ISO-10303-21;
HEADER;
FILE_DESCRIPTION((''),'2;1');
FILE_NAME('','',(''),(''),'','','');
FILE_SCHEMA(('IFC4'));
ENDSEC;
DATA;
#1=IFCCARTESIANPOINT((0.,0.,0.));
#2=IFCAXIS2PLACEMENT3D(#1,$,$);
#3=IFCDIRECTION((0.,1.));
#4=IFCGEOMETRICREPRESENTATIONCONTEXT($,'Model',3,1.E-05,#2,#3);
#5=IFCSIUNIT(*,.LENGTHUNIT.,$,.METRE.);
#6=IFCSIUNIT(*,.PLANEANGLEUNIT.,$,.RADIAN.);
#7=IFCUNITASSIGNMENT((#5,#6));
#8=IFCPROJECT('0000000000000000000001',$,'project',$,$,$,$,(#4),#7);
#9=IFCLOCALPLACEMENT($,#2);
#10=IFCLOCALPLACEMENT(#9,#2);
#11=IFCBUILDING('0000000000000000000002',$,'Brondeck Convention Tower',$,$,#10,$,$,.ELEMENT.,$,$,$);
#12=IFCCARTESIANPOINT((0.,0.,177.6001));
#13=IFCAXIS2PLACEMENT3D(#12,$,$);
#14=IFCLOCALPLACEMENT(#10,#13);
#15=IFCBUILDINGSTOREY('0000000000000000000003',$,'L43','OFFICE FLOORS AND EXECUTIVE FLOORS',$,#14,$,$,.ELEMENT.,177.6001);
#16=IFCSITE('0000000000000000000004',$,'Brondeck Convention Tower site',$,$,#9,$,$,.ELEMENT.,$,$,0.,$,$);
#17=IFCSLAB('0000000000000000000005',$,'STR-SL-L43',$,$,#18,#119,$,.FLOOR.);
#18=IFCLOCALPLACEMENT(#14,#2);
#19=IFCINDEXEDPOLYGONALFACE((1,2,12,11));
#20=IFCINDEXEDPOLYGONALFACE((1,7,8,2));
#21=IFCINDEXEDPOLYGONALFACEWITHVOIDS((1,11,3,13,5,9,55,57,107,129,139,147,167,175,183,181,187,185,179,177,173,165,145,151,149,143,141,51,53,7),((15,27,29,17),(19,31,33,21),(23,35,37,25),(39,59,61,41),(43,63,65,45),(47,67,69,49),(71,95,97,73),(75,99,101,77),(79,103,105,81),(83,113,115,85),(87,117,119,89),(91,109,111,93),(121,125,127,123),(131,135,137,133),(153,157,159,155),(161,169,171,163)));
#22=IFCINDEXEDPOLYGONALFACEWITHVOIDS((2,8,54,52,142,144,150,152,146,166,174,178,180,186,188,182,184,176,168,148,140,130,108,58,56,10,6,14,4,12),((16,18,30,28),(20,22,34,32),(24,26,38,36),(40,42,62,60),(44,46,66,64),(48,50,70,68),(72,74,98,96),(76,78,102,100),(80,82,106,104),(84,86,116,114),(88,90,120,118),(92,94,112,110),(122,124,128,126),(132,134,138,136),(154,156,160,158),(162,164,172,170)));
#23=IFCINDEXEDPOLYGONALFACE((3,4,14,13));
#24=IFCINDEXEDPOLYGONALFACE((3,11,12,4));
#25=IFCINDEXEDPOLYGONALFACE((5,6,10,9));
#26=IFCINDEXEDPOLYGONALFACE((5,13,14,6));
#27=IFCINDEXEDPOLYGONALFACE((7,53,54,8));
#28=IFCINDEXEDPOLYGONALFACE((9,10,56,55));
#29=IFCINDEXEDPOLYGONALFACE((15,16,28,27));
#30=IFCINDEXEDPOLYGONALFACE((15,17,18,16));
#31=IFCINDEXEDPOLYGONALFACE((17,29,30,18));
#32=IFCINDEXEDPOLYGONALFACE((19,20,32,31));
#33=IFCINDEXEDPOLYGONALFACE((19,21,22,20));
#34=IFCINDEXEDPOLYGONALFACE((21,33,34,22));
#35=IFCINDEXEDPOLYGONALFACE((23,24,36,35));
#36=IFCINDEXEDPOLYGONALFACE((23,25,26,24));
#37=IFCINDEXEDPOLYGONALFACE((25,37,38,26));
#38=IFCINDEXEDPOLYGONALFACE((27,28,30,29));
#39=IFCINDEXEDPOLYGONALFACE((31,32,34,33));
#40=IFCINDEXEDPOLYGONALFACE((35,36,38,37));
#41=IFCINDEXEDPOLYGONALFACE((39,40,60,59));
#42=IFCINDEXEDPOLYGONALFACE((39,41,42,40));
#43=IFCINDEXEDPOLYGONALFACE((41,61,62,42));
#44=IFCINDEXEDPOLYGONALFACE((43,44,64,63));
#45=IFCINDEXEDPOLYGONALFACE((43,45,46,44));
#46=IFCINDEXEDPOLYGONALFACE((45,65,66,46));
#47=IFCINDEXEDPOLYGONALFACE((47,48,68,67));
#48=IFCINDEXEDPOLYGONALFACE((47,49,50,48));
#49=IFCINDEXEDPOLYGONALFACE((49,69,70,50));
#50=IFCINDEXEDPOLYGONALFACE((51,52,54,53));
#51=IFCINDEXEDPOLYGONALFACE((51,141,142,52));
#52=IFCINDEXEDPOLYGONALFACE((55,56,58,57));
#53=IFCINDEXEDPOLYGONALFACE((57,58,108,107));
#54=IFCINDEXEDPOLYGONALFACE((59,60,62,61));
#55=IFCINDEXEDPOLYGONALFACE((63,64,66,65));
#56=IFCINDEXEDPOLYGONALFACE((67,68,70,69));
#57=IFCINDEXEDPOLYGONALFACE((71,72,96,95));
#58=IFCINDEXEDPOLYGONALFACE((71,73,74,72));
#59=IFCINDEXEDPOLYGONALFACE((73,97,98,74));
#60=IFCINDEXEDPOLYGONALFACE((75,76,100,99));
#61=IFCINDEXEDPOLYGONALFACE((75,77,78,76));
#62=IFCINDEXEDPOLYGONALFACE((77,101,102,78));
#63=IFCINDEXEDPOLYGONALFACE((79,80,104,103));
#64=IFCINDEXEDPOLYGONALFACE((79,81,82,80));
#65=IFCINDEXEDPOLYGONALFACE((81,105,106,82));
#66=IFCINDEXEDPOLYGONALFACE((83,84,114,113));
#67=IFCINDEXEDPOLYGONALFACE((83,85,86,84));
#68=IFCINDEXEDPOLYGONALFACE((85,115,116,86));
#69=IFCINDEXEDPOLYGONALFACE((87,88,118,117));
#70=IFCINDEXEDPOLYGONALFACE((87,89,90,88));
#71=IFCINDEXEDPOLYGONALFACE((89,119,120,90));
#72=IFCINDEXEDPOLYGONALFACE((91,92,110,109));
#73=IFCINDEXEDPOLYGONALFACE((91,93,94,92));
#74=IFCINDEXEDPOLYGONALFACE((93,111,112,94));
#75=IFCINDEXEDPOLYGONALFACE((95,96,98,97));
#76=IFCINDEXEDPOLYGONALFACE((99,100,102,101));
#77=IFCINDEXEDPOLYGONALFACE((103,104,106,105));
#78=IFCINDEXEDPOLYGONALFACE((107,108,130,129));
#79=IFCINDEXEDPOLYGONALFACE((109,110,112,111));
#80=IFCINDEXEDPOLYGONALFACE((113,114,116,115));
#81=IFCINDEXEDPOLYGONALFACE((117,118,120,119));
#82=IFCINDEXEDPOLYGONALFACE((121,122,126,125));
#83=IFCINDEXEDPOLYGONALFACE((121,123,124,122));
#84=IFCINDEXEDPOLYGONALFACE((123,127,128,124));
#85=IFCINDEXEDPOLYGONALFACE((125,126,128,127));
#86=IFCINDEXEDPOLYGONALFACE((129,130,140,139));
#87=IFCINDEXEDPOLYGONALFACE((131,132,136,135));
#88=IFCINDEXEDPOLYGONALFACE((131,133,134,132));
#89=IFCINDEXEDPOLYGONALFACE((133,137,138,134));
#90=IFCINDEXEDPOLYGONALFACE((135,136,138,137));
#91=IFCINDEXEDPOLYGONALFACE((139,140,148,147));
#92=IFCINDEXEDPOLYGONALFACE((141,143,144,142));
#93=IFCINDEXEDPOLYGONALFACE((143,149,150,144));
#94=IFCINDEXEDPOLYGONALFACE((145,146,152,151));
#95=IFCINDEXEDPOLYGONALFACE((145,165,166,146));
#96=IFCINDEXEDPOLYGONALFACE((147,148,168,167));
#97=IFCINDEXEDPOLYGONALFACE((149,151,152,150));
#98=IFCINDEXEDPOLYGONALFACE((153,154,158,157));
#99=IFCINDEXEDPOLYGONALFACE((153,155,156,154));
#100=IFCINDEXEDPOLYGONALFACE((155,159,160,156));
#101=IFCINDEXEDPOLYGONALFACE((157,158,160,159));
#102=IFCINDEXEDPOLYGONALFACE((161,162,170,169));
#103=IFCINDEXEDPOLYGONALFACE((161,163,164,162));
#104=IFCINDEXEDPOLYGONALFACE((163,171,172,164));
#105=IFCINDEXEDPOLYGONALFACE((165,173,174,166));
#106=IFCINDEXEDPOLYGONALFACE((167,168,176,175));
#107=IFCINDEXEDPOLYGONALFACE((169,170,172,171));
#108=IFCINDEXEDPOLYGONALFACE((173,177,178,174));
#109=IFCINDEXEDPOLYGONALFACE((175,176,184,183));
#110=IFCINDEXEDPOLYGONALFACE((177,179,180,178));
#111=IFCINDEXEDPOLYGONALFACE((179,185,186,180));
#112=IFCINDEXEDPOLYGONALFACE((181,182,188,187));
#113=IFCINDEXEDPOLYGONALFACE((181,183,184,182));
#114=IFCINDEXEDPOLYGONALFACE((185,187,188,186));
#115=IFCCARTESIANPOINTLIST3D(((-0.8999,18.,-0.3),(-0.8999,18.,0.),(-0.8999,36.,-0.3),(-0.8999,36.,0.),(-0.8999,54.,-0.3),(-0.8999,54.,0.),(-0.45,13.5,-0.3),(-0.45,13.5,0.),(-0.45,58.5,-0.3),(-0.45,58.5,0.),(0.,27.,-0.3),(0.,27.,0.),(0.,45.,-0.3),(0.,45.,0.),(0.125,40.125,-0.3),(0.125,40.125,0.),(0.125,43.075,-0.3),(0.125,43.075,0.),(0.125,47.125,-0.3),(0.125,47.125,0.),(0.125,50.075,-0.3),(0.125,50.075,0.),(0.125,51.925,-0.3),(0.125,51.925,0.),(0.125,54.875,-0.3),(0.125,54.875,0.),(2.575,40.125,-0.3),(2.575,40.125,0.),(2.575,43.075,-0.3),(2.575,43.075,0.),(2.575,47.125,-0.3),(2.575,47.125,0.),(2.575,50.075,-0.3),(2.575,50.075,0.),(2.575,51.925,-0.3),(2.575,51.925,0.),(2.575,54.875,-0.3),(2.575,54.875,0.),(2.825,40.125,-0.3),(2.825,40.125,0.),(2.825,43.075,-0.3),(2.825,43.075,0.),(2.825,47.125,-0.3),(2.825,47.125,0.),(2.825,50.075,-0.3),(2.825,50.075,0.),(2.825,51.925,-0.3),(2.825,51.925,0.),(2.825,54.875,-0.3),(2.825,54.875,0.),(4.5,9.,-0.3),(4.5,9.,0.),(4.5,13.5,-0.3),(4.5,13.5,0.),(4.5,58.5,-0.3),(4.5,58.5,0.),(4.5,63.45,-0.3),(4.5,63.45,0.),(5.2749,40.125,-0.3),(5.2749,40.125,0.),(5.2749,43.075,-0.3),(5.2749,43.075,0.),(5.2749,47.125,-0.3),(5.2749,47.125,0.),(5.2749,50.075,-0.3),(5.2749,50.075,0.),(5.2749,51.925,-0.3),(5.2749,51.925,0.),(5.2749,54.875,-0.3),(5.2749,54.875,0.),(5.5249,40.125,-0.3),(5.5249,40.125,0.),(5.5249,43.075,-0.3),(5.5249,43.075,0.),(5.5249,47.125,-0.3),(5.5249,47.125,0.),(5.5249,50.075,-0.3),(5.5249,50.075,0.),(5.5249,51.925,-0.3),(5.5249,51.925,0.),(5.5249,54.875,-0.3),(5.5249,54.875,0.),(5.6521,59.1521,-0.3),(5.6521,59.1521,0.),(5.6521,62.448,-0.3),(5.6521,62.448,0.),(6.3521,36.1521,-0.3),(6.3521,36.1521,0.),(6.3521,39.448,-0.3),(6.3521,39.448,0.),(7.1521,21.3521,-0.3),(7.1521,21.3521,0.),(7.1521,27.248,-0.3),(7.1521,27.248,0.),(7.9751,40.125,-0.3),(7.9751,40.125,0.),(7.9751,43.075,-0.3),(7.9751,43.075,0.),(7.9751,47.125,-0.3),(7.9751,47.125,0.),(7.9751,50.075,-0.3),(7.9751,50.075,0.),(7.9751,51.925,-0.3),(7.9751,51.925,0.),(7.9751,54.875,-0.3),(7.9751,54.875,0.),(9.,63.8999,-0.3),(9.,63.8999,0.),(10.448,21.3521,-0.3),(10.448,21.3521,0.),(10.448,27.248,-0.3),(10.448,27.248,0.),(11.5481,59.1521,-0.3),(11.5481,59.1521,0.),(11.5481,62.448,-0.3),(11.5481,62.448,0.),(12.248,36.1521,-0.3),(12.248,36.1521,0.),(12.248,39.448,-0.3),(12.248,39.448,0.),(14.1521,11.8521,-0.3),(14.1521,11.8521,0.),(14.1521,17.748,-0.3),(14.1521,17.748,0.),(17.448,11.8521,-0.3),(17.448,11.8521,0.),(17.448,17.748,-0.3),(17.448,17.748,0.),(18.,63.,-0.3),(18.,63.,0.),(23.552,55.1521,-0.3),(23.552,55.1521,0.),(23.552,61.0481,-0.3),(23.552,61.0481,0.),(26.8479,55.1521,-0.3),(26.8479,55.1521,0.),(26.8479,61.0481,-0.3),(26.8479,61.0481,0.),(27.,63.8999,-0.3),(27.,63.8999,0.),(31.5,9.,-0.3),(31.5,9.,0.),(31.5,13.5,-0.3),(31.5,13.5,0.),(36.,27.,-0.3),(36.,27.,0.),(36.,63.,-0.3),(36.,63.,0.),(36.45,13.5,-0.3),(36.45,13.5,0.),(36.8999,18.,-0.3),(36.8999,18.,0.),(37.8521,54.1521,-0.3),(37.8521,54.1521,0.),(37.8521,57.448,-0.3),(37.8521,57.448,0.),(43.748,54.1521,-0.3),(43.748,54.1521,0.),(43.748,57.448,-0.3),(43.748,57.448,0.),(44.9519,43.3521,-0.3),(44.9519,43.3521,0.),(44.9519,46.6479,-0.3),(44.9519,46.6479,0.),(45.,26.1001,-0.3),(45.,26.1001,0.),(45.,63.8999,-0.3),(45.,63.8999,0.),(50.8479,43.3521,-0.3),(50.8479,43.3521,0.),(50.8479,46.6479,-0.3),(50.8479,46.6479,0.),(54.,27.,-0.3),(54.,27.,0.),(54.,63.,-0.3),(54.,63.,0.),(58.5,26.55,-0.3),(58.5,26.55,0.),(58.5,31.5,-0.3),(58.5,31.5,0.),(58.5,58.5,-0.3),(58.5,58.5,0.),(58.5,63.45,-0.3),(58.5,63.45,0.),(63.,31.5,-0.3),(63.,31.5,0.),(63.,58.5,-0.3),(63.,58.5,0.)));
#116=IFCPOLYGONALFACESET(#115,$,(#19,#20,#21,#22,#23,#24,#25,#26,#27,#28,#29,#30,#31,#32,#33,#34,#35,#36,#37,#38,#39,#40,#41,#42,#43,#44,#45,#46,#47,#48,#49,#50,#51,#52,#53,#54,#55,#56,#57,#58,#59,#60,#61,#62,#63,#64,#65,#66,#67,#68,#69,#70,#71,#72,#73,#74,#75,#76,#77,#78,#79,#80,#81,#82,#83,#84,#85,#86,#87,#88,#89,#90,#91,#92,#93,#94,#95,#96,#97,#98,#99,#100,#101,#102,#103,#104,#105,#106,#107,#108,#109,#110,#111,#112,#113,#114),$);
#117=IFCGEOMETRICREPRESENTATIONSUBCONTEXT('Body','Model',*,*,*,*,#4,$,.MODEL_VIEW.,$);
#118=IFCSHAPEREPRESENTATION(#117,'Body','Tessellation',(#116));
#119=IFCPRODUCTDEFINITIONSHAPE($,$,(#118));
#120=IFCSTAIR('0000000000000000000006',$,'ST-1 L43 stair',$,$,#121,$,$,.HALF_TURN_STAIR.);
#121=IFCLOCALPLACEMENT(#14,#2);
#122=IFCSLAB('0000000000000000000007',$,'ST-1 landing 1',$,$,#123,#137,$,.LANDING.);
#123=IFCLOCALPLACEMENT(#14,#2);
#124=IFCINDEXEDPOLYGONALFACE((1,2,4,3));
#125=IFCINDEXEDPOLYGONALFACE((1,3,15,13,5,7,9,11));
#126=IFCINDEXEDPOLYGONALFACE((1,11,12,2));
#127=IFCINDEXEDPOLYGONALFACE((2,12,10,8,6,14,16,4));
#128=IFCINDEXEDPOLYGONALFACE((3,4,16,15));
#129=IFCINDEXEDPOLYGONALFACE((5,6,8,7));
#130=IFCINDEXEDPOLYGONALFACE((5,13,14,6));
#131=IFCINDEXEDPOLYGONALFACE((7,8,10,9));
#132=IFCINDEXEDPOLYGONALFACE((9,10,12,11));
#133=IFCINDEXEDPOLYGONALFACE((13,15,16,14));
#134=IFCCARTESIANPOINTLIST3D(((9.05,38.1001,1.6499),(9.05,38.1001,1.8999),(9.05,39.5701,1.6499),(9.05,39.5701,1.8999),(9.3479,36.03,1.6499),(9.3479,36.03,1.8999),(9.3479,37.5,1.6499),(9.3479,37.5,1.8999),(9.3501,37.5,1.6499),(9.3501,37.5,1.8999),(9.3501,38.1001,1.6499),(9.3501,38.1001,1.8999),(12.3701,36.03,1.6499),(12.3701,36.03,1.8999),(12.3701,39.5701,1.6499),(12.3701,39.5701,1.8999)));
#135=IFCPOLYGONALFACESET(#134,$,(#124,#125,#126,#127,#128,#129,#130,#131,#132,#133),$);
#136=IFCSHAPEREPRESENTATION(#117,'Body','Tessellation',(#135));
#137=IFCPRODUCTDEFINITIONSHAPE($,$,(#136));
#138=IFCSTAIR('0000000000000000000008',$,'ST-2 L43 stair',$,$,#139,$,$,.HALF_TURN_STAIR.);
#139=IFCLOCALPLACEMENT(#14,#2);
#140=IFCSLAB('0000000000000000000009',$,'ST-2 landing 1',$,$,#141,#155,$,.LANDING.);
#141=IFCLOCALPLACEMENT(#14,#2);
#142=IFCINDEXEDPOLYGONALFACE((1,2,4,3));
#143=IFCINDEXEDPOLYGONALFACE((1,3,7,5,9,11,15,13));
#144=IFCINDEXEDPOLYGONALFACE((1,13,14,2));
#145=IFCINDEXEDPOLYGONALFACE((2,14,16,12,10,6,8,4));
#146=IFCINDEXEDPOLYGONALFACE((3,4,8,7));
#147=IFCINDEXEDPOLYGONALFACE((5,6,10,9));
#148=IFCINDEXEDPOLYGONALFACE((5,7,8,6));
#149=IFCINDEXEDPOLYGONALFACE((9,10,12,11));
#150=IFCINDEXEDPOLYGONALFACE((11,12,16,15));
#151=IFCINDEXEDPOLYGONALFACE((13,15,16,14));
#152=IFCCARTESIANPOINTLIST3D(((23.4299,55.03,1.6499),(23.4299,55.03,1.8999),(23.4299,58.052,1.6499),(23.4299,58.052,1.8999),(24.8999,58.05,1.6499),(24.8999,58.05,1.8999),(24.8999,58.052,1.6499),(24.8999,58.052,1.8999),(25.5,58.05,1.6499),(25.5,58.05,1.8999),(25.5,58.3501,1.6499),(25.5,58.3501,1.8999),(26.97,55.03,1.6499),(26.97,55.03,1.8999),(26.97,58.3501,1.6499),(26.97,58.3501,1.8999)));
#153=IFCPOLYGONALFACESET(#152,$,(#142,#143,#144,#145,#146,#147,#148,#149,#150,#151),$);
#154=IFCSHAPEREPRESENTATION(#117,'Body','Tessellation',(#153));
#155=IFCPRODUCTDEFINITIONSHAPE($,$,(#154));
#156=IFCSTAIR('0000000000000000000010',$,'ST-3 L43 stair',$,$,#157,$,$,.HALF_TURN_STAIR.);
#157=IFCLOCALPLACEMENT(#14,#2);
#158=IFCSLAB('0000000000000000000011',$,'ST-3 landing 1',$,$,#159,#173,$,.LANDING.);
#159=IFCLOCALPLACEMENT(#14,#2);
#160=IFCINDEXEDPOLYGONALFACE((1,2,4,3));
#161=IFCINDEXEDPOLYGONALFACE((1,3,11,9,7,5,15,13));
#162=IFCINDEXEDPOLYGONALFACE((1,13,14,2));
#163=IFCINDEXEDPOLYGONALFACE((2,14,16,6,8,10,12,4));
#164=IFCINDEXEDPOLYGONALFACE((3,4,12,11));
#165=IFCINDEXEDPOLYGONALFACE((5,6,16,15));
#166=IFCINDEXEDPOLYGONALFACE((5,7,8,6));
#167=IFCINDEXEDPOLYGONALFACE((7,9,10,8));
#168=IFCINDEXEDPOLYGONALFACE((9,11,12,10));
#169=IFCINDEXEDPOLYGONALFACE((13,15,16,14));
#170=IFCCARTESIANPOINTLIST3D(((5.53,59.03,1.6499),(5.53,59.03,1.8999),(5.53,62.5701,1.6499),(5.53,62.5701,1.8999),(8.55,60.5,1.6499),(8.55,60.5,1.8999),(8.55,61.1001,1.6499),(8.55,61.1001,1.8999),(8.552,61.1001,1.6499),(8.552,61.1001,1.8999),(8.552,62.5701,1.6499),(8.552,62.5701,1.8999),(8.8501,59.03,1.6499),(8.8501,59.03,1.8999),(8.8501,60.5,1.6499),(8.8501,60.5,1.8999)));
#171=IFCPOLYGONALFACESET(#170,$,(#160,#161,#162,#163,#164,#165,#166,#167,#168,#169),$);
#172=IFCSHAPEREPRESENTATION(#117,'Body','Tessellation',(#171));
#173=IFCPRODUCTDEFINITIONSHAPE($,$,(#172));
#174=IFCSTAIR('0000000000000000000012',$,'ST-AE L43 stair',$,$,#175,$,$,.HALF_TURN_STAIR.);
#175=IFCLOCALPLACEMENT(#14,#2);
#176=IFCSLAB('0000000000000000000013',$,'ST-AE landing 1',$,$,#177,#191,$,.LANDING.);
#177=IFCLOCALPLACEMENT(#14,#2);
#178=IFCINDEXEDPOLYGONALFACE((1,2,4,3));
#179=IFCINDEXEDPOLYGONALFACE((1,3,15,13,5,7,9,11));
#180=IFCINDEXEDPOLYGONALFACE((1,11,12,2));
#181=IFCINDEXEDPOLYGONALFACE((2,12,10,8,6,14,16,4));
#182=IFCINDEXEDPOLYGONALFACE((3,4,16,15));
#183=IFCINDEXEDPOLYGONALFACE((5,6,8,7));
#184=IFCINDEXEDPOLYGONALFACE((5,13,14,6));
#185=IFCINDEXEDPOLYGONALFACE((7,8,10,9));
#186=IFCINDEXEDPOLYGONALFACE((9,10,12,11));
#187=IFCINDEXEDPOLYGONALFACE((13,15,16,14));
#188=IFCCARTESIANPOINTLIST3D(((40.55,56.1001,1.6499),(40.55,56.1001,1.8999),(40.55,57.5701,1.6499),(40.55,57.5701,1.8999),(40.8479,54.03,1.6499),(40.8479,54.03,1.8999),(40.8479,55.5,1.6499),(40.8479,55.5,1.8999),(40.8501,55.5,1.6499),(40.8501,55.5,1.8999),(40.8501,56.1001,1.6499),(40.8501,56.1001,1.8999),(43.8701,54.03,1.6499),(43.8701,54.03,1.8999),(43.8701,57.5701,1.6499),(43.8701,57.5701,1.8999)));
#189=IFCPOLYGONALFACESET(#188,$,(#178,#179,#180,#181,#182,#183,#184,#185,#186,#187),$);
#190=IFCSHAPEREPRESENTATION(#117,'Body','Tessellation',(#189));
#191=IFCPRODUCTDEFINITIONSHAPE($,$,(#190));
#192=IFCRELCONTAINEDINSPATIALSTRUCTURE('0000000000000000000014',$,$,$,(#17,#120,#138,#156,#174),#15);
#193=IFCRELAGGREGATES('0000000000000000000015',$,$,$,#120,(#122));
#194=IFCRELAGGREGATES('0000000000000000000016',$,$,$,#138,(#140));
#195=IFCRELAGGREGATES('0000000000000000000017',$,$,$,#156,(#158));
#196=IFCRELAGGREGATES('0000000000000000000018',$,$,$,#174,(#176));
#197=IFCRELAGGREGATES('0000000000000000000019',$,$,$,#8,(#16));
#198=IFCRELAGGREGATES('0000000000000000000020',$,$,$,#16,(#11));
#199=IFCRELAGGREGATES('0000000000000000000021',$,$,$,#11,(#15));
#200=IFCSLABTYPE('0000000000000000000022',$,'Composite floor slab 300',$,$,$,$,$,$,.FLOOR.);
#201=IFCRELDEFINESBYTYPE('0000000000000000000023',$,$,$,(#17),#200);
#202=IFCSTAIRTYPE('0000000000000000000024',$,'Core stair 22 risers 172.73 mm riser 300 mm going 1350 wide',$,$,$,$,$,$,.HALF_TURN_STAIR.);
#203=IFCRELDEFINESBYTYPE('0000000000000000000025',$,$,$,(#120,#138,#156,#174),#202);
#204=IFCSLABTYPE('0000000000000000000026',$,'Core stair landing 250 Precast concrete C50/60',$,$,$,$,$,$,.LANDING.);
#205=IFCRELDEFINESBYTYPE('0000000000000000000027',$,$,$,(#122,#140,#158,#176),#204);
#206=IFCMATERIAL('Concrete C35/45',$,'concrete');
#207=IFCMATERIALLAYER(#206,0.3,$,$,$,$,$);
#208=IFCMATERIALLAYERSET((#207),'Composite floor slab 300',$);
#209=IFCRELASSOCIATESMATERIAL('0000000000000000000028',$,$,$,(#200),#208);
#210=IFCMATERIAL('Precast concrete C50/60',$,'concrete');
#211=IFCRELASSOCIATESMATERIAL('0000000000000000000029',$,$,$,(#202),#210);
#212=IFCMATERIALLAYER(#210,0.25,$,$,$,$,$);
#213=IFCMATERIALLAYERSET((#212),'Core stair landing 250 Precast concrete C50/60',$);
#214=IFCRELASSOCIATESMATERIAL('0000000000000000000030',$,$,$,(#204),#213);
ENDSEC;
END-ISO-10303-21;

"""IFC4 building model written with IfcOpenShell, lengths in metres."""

from ifc_helpers import new_model, si_unit, direction, frame, origin, place, context, subcontext, project, spatial, polyline, outline, extrude, material, layer, layer_set, type_object, element, aggregate, save


model = new_model("IFC4")

# Units and contexts
model_context = context("Model", 3, precision=1e-05, world=origin(), true_north=direction((0.0, 1.0)))
body_context = subcontext(model_context, "Body", "Model", "MODEL_VIEW")
ifc_project = project(units=[si_unit("LENGTHUNIT", "METRE"), si_unit("PLANEANGLEUNIT", "RADIAN")], contexts=[model_context])

# Site, building, storey
site_placement = place(None, origin())
site = spatial("IfcSite", under=ifc_project, at=site_placement, Name="Brondeck Convention Tower site", CompositionType="ELEMENT", RefElevation=0.0)
building_placement = place(site_placement, origin())
building = spatial("IfcBuilding", under=site, at=building_placement, Name="Brondeck Convention Tower", CompositionType="ELEMENT")
storey_placement = place(building_placement, frame((0.0, 0.0, 177.6001)))
storey = spatial("IfcBuildingStorey", under=building, at=storey_placement, Name="L43", Description="OFFICE FLOORS AND EXECUTIVE FLOORS", CompositionType="ELEMENT", Elevation=177.6001)

# Slab
ifc_material_1 = material(Name="Concrete C35/45", Category="concrete")
ifc_layer_1 = layer(ifc_material_1, 0.3)
ifc_layer_set_1 = layer_set([ifc_layer_1], Name="Composite floor slab 300")
slab_type_1 = type_object("IfcSlabType", Name="Composite floor slab 300", PredefinedType="FLOOR", material=ifc_layer_set_1)
slab_1_placement = place(storey_placement, frame((0.0, 0.0, -0.3)))
element("IfcSlab", 1, at=slab_1_placement, inside=storey, type_object=slab_type_1, Name="STR-SL-L43", PredefinedType="FLOOR", context=body_context, shape_type="SweptSolid", body=[
    extrude(outline(polyline([(4.5, 13.5), (-0.45, 13.5), (-0.8999, 18.0), (0.0, 27.0), (-0.8999, 36.0), (0.0, 45.0), (-0.8999, 54.0), (-0.45, 58.5), (4.5, 58.5), (4.5, 63.45), (9.0, 63.8999), (18.0, 63.0), (27.0, 63.8999), (36.0, 63.0), (45.0, 63.8999), (54.0, 63.0), (58.5, 63.45), (58.5, 58.5), (63.0, 58.5), (63.0, 31.5), (58.5, 31.5), (58.5, 26.55), (54.0, 27.0), (45.0, 26.1001), (36.0, 27.0), (36.8999, 18.0), (36.45, 13.5), (31.5, 13.5), (31.5, 9.0), (4.5, 9.0), (4.5, 13.5)]), holes=[polyline([(2.575, 40.125), (2.575, 43.075), (0.125, 43.075), (0.125, 40.125), (2.575, 40.125)]), polyline([(5.2749, 40.125), (5.2749, 43.075), (2.825, 43.075), (2.825, 40.125), (5.2749, 40.125)]), polyline([(7.9751, 40.125), (7.9751, 43.075), (5.5249, 43.075), (5.5249, 40.125), (7.9751, 40.125)]), polyline([(2.575, 47.125), (2.575, 50.075), (0.125, 50.075), (0.125, 47.125), (2.575, 47.125)]), polyline([(5.2749, 47.125), (5.2749, 50.075), (2.825, 50.075), (2.825, 47.125), (5.2749, 47.125)]), polyline([(7.9751, 47.125), (7.9751, 50.075), (5.5249, 50.075), (5.5249, 47.125), (7.9751, 47.125)]), polyline([(2.575, 51.925), (2.575, 54.875), (0.125, 54.875), (0.125, 51.925), (2.575, 51.925)]), polyline([(5.2749, 51.925), (5.2749, 54.875), (2.825, 54.875), (2.825, 51.925), (5.2749, 51.925)]), polyline([(17.448, 17.748), (14.1521, 17.748), (14.1521, 11.8521), (17.448, 11.8521), (17.448, 17.748)]), polyline([(10.448, 27.248), (7.1521, 27.248), (7.1521, 21.3521), (10.448, 21.3521), (10.448, 27.248)]), polyline([(12.248, 36.1521), (12.248, 39.448), (6.3521, 39.448), (6.3521, 36.1521), (12.248, 36.1521)]), polyline([(50.8479, 43.3521), (50.8479, 46.6479), (44.9519, 46.6479), (44.9519, 43.3521), (50.8479, 43.3521)]), polyline([(7.9751, 51.925), (7.9751, 54.875), (5.5249, 54.875), (5.5249, 51.925), (7.9751, 51.925)]), polyline([(43.748, 54.1521), (43.748, 57.448), (37.8521, 57.448), (37.8521, 54.1521), (43.748, 54.1521)]), polyline([(23.552, 55.1521), (26.8479, 55.1521), (26.8479, 61.0481), (23.552, 61.0481), (23.552, 55.1521)]), polyline([(5.6521, 62.448), (5.6521, 59.1521), (11.5481, 59.1521), (11.5481, 62.448), (5.6521, 62.448)])]), origin(), (0.0, 0.0, 1.0), 0.3),
])

# Stairs, slabs
ifc_material_2 = material(Name="Precast concrete C50/60", Category="concrete")
stair_type = type_object("IfcStairType", Name="Core stair 22 risers 172.73 mm riser 300 mm going 1350 wide", PredefinedType="HALF_TURN_STAIR", material=ifc_material_2)
stair_1_placement = place(storey_placement, origin())
stair_1 = element("IfcStair", 2, at=stair_1_placement, inside=storey, type_object=stair_type, Name="ST-1 L43 stair", PredefinedType="HALF_TURN_STAIR")
ifc_layer_2 = layer(ifc_material_2, 0.25)
ifc_layer_set_2 = layer_set([ifc_layer_2], Name="Core stair landing 250 Precast concrete C50/60")
slab_type_2 = type_object("IfcSlabType", Name="Core stair landing 250 Precast concrete C50/60", PredefinedType="LANDING", material=ifc_layer_set_2)
slab_2_placement = place(storey_placement, frame((0.0, 0.0, 1.6499)))
slab_2 = element("IfcSlab", 3, at=slab_2_placement, type_object=slab_type_2, Name="ST-1 landing 1", PredefinedType="LANDING", context=body_context, shape_type="SweptSolid", body=[
    extrude(outline(polyline([(9.3479, 37.5), (9.3501, 37.5), (9.3501, 38.1001), (9.05, 38.1001), (9.05, 39.5701), (12.3701, 39.5701), (12.3701, 36.03), (9.3479, 36.03), (9.3479, 37.5)])), origin(), (0.0, 0.0, 1.0), 0.25),
])
aggregate(stair_1, [slab_2])
stair_2_placement = place(storey_placement, origin())
stair_2 = element("IfcStair", 4, at=stair_2_placement, inside=storey, type_object=stair_type, Name="ST-2 L43 stair", PredefinedType="HALF_TURN_STAIR")
slab_3_placement = place(storey_placement, frame((0.0, 0.0, 1.6499)))
slab_3 = element("IfcSlab", 5, at=slab_3_placement, type_object=slab_type_2, Name="ST-2 landing 1", PredefinedType="LANDING", context=body_context, shape_type="SweptSolid", body=[
    extrude(outline(polyline([(23.4299, 58.052), (24.8999, 58.052), (24.8999, 58.05), (25.5, 58.05), (25.5, 58.3501), (26.97, 58.3501), (26.97, 55.03), (23.4299, 55.03), (23.4299, 58.052)])), origin(), (0.0, 0.0, 1.0), 0.25),
])
aggregate(stair_2, [slab_3])
stair_3_placement = place(storey_placement, origin())
stair_3 = element("IfcStair", 6, at=stair_3_placement, inside=storey, type_object=stair_type, Name="ST-3 L43 stair", PredefinedType="HALF_TURN_STAIR")
slab_4_placement = place(storey_placement, frame((0.0, 0.0, 1.6499)))
slab_4 = element("IfcSlab", 7, at=slab_4_placement, type_object=slab_type_2, Name="ST-3 landing 1", PredefinedType="LANDING", context=body_context, shape_type="SweptSolid", body=[
    extrude(outline(polyline([(8.8501, 60.5), (8.8501, 59.03), (5.53, 59.03), (5.53, 62.5701), (8.552, 62.5701), (8.552, 61.1001), (8.55, 61.1001), (8.55, 60.5), (8.8501, 60.5)])), origin(), (0.0, 0.0, 1.0), 0.25),
])
aggregate(stair_3, [slab_4])
stair_4_placement = place(storey_placement, origin())
stair_4 = element("IfcStair", 8, at=stair_4_placement, inside=storey, type_object=stair_type, Name="ST-AE L43 stair", PredefinedType="HALF_TURN_STAIR")
slab_5_placement = place(storey_placement, frame((0.0, 0.0, 1.6499)))
slab_5 = element("IfcSlab", 9, at=slab_5_placement, type_object=slab_type_2, Name="ST-AE landing 1", PredefinedType="LANDING", context=body_context, shape_type="SweptSolid", body=[
    extrude(outline(polyline([(40.8479, 55.5), (40.8501, 55.5), (40.8501, 56.1001), (40.55, 56.1001), (40.55, 57.5701), (43.8701, 57.5701), (43.8701, 54.03), (40.8479, 54.03), (40.8479, 55.5)])), origin(), (0.0, 0.0, 1.0), 0.25),
])
aggregate(stair_4, [slab_5])

save(model, "model.ifc")
